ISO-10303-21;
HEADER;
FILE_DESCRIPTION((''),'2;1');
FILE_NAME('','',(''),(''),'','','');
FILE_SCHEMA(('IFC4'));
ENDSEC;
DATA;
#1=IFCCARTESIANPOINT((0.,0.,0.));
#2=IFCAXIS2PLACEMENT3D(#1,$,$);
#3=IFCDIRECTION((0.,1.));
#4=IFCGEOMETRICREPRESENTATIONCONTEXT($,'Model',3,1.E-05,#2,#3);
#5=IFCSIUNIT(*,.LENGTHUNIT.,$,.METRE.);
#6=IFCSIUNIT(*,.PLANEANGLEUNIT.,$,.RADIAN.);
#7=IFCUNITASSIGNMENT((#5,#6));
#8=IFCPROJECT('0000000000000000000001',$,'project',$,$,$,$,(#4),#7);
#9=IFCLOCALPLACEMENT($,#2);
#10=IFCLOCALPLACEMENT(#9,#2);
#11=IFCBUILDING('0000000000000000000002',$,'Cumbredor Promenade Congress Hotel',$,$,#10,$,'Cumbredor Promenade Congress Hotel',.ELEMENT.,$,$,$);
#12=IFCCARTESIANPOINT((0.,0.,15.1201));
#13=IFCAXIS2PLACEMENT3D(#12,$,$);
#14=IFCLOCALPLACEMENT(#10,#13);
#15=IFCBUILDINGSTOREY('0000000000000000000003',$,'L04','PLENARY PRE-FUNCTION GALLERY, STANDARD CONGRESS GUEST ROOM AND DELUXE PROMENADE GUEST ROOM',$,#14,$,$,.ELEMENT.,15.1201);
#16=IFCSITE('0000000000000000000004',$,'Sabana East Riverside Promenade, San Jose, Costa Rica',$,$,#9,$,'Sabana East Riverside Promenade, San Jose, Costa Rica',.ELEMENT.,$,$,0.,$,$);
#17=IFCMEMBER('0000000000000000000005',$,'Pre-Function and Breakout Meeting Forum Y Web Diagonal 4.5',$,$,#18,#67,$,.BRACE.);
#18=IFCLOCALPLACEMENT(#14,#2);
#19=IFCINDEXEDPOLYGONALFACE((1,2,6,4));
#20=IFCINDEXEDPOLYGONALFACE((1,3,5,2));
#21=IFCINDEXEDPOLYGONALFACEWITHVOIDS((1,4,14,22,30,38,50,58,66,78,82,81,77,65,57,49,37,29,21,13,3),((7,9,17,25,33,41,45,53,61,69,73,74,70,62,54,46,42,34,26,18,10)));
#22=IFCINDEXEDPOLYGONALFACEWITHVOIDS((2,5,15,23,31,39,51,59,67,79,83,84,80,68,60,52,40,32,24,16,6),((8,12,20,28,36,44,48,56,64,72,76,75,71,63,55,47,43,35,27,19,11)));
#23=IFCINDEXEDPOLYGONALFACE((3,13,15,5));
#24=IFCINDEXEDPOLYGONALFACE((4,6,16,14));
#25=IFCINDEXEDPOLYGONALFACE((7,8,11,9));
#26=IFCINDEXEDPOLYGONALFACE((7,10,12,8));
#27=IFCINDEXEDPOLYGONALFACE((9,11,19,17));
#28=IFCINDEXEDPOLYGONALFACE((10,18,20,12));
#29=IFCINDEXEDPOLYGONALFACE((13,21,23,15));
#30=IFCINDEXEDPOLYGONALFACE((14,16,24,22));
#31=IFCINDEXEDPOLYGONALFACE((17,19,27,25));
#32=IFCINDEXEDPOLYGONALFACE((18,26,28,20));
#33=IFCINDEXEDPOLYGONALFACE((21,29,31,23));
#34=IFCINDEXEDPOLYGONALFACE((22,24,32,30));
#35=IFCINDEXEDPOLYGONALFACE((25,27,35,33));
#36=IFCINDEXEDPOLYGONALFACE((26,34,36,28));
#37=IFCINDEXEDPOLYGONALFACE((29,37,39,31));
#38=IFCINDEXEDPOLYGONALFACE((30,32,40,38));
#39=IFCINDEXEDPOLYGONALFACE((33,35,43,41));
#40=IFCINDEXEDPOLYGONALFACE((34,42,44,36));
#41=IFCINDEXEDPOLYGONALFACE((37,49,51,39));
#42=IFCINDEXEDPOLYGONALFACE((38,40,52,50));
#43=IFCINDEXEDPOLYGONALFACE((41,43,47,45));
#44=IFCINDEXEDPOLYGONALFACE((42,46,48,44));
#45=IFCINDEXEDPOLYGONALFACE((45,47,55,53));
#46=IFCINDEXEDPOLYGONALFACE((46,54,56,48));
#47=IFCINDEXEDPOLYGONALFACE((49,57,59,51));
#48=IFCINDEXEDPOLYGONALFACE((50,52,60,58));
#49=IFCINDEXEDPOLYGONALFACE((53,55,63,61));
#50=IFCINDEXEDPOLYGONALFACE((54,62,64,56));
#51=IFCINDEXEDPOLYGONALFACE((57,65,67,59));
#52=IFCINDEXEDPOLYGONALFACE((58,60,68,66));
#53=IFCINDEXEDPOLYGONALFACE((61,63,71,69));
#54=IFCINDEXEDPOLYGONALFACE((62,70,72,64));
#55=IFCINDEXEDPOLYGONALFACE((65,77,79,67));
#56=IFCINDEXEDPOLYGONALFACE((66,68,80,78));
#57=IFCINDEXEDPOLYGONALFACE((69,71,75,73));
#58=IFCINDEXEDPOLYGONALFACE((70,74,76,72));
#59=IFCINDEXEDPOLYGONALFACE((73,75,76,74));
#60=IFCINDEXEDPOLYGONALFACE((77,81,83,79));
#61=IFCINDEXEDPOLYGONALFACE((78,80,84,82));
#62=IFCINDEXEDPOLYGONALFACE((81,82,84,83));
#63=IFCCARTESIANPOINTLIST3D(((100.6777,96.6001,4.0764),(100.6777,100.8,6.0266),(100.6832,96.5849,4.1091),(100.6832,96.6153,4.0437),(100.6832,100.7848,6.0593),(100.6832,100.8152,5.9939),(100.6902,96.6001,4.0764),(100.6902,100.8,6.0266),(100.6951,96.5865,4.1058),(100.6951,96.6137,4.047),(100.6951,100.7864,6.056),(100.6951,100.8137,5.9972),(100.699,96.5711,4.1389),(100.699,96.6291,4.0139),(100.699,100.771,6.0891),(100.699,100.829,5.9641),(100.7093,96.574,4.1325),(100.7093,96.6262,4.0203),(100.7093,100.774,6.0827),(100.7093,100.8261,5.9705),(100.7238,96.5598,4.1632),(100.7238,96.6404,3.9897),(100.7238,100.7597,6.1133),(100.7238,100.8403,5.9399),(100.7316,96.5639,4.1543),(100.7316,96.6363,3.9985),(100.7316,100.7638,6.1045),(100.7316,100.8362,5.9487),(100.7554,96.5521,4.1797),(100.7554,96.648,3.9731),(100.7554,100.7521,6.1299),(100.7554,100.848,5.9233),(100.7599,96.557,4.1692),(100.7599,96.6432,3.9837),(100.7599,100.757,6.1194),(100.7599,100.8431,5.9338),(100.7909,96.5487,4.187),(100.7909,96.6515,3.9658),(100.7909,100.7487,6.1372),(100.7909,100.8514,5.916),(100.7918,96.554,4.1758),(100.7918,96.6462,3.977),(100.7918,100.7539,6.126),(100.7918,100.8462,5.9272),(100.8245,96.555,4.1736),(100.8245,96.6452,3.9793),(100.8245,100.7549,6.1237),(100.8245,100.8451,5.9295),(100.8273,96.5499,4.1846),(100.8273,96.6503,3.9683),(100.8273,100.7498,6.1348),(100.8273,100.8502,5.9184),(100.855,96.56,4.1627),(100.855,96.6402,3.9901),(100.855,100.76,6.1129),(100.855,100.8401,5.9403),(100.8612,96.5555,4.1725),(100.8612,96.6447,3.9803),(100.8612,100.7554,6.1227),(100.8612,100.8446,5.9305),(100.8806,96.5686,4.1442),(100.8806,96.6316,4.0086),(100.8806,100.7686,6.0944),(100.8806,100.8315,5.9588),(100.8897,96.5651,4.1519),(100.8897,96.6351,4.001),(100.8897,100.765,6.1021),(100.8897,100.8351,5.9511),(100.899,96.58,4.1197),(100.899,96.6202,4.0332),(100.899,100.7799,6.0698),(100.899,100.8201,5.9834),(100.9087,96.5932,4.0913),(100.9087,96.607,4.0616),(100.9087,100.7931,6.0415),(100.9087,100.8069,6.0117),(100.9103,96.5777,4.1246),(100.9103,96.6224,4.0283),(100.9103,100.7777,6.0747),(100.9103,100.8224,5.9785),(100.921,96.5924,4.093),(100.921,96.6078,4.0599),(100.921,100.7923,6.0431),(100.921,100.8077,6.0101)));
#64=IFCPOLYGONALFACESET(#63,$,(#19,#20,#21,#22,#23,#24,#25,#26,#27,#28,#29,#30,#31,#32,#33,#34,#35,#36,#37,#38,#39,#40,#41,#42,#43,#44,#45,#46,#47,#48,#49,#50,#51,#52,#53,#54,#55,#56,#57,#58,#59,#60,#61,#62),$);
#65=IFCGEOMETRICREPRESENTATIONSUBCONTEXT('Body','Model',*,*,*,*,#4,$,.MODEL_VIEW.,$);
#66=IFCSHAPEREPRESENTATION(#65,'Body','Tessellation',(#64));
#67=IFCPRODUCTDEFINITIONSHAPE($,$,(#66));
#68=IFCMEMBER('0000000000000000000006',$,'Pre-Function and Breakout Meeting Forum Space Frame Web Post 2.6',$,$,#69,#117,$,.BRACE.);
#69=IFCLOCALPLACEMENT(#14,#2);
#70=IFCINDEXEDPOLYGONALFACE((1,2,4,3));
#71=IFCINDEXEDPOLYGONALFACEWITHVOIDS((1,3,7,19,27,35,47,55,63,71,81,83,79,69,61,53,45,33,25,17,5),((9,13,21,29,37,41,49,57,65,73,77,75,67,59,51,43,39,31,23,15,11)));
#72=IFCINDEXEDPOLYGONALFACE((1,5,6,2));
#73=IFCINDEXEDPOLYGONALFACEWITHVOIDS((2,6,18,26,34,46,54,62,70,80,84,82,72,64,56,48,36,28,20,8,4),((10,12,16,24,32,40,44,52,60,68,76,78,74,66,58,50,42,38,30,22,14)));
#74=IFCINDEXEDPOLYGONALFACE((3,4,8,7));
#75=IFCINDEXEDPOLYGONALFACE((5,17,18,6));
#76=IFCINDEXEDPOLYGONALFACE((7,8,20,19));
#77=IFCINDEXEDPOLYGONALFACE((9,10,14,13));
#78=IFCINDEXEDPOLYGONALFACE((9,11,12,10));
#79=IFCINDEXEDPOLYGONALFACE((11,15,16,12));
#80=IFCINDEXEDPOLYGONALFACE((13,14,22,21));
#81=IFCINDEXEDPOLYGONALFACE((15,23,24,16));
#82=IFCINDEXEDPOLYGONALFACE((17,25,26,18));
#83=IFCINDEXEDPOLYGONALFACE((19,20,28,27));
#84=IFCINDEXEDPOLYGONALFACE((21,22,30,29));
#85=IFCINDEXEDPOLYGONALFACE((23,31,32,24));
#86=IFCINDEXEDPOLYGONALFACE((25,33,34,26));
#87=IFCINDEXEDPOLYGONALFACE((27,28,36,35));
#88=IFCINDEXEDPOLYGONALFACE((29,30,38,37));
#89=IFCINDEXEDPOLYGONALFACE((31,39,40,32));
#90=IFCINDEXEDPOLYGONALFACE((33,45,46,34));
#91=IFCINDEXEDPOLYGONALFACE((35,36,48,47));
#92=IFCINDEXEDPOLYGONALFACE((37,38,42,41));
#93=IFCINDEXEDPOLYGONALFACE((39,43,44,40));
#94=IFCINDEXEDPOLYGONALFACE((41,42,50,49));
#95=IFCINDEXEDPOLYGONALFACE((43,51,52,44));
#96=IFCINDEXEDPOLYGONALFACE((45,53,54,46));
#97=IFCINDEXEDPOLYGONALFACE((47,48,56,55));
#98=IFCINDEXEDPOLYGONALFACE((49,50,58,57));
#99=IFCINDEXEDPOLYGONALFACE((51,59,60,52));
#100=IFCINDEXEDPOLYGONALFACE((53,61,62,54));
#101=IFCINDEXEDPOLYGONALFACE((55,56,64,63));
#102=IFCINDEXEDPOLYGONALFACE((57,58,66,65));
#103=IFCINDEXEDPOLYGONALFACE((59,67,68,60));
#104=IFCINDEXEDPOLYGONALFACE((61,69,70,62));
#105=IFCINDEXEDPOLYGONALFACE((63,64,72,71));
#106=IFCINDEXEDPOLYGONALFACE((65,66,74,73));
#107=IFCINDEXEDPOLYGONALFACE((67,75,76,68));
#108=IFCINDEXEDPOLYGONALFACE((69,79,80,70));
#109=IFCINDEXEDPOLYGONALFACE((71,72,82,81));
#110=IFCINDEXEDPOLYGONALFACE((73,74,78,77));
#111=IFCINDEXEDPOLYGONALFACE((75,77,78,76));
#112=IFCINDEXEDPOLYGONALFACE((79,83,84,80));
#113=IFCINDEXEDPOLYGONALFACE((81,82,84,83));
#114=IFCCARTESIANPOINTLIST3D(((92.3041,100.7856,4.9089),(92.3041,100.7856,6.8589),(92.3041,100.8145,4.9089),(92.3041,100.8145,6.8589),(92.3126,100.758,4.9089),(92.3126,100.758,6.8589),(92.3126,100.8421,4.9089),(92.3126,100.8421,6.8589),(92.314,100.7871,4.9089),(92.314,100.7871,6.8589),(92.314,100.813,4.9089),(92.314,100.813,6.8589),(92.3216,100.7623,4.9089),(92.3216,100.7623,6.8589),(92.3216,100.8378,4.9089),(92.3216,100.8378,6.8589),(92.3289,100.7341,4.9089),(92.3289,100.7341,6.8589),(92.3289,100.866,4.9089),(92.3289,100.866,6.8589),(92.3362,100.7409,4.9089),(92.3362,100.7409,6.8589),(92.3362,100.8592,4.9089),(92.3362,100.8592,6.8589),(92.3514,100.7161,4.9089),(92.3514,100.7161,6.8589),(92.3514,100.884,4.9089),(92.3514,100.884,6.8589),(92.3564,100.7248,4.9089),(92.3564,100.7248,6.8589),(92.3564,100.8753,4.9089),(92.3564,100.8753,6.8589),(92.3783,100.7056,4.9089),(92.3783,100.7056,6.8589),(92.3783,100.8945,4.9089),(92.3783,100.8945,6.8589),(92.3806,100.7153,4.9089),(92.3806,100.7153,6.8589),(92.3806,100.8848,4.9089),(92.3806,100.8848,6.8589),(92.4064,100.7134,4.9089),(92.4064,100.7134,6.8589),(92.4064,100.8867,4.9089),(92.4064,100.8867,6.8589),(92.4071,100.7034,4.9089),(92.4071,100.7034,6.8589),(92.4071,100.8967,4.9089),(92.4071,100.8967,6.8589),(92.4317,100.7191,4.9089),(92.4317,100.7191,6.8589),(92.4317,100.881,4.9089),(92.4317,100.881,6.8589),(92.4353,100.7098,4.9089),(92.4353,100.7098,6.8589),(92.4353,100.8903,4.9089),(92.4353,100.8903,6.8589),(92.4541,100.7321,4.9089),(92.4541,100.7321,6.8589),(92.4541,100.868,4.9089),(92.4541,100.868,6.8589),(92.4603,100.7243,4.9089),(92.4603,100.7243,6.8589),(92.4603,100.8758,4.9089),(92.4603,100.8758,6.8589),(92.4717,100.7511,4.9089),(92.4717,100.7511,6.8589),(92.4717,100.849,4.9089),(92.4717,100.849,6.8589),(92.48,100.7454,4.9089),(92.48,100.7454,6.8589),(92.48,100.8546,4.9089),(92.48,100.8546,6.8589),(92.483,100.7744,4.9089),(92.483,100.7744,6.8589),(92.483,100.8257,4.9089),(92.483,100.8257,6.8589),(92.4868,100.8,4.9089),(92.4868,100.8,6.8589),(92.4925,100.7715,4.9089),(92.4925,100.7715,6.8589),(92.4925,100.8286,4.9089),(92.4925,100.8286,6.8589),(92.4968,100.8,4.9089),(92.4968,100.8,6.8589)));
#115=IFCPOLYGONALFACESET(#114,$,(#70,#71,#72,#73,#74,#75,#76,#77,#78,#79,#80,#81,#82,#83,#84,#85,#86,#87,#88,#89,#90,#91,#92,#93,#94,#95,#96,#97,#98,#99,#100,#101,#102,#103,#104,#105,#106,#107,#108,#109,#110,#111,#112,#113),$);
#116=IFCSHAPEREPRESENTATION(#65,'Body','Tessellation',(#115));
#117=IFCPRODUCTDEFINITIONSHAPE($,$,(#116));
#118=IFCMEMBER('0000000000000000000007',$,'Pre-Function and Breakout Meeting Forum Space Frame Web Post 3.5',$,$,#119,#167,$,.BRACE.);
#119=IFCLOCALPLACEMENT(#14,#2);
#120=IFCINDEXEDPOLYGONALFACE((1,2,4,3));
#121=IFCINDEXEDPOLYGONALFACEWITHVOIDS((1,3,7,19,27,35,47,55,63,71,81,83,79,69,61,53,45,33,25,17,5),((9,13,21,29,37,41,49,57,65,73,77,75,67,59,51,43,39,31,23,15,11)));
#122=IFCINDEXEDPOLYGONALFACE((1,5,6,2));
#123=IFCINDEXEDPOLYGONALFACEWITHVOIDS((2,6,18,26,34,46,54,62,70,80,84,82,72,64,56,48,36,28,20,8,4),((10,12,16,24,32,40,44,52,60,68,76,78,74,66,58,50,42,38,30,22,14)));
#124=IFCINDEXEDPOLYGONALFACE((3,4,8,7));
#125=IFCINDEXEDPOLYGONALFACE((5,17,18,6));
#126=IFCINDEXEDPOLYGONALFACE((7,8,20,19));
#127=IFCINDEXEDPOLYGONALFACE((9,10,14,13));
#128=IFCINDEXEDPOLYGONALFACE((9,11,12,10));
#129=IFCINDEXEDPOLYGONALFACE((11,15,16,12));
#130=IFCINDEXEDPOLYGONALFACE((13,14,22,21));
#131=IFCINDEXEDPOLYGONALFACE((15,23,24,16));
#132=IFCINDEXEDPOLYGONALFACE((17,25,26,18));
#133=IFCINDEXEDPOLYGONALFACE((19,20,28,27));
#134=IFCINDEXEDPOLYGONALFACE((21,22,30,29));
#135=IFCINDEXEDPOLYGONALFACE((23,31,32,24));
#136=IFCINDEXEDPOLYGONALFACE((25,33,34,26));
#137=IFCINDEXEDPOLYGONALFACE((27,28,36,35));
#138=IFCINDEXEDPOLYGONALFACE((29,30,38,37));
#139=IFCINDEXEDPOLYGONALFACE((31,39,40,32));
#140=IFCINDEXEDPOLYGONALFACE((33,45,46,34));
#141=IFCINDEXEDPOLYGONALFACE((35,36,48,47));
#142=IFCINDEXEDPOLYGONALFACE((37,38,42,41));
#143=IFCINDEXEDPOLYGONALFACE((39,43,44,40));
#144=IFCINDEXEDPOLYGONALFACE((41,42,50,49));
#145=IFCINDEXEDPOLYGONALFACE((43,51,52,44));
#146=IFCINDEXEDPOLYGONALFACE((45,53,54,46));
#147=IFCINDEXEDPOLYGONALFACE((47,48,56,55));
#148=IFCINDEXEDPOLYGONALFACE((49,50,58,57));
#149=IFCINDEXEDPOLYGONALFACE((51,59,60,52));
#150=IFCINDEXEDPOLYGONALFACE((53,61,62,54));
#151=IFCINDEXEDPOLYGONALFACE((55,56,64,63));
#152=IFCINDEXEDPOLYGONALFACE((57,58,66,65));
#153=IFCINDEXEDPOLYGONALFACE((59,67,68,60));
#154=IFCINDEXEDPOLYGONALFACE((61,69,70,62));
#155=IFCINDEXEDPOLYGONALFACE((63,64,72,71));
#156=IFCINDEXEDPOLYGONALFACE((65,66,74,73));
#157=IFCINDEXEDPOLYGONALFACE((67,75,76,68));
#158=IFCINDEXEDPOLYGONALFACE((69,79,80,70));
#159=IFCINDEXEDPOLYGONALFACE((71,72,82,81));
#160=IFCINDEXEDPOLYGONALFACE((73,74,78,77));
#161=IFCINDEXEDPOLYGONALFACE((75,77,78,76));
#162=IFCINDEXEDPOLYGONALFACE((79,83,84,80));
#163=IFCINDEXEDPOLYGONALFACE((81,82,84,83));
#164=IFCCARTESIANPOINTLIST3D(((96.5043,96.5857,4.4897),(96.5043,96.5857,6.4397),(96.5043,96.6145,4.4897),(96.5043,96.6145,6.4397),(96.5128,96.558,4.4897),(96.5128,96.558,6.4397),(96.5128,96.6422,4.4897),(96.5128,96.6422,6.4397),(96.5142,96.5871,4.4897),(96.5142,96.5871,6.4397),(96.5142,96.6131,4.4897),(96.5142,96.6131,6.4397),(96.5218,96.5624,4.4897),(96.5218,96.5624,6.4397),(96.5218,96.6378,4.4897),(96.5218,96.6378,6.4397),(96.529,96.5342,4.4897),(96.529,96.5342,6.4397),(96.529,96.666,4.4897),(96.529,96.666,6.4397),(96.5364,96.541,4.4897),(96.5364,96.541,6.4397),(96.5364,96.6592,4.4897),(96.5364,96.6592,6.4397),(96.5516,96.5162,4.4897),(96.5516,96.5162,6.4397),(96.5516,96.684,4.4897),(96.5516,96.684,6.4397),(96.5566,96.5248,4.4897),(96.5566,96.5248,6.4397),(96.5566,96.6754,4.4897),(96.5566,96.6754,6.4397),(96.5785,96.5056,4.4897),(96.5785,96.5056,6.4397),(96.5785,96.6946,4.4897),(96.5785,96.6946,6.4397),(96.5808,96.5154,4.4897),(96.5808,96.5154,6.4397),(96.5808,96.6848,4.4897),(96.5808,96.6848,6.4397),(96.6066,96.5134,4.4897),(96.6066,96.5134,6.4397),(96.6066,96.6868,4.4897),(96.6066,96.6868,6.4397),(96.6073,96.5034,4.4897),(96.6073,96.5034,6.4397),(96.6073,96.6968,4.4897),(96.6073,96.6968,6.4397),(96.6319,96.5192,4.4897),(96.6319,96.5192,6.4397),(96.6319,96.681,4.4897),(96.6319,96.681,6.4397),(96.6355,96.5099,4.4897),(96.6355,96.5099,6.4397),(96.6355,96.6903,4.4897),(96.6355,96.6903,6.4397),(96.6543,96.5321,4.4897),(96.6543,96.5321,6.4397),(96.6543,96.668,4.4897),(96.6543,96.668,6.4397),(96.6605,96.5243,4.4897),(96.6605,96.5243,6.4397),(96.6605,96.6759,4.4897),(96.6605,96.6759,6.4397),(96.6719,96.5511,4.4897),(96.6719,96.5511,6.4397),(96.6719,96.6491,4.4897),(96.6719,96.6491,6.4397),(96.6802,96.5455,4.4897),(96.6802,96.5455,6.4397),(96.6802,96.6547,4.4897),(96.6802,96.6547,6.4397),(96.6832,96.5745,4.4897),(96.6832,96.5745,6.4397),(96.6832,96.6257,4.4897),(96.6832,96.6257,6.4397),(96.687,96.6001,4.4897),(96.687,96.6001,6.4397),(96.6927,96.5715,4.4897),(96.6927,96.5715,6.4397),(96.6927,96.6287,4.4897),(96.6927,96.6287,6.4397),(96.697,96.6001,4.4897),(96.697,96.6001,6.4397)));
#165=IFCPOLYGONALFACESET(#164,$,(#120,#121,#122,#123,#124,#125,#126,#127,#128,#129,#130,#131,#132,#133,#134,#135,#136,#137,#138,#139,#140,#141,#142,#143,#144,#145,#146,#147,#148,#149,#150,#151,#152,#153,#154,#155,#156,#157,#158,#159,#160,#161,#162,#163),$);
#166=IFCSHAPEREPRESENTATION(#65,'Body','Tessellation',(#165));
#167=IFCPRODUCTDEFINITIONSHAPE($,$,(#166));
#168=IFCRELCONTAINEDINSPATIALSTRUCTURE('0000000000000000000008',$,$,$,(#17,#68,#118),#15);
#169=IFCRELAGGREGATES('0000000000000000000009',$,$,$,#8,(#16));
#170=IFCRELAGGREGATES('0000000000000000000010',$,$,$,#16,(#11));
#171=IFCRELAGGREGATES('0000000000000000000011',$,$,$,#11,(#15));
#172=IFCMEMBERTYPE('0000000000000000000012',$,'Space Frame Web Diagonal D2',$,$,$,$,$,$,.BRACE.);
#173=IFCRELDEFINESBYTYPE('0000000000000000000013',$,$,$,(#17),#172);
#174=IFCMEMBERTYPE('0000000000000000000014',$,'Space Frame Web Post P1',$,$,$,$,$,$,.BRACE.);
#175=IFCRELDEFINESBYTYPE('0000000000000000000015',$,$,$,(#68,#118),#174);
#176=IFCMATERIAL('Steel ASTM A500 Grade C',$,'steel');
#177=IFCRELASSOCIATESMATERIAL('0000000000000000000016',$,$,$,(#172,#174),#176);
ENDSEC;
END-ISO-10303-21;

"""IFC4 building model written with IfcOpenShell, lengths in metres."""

from ifc_helpers import new_model, si_unit, direction, frame, origin, origin_2d, place, context, subcontext, project, spatial, hollow_circle, extrude, material, material_profile, profile_set, type_object, element, save


model = new_model("IFC4")

# Units and contexts
model_context = context("Model", 3, precision=1e-05, world=origin(), true_north=direction((0.0, 1.0)))
body_context = subcontext(model_context, "Body", "Model", "MODEL_VIEW")
ifc_project = project(units=[si_unit("LENGTHUNIT", "METRE"), si_unit("PLANEANGLEUNIT", "RADIAN")], contexts=[model_context])

# Site, building, storey
site_placement = place(None, origin())
site = spatial("IfcSite", under=ifc_project, at=site_placement, Name="Sabana East Riverside Promenade, San Jose, Costa Rica", LongName="Sabana East Riverside Promenade, San Jose, Costa Rica", CompositionType="ELEMENT", RefElevation=0.0)
building_placement = place(site_placement, origin())
building = spatial("IfcBuilding", under=site, at=building_placement, Name="Cumbredor Promenade Congress Hotel", LongName="Cumbredor Promenade Congress Hotel", CompositionType="ELEMENT")
storey_placement = place(building_placement, frame((0.0, 0.0, 15.1201)))
storey = spatial("IfcBuildingStorey", under=building, at=storey_placement, Name="L04", Description="PLENARY PRE-FUNCTION GALLERY, STANDARD CONGRESS GUEST ROOM AND DELUXE PROMENADE GUEST ROOM", CompositionType="ELEMENT", Elevation=15.1201)

# Members
ifc_material_1 = material(Name="Steel ASTM A500 Grade C", Category="steel")
ifc_material_profile_1 = material_profile(ifc_material_1, hollow_circle(Radius=0.1223, WallThickness=0.0125, at=origin_2d()), Name="CHS 244.5x12.5")
ifc_profile_set_1 = profile_set([ifc_material_profile_1], Name="Steel ASTM A500 Grade C")
member_type_1 = type_object("IfcMemberType", Name="Space Frame Web Diagonal D2", PredefinedType="BRACE", material=ifc_profile_set_1)
member_1_placement = place(storey_placement, frame((100.8, 96.6001, 4.0764), z_axis=(0.0, 0.906991, 0.42115), x_axis=(-1.0, 0.0, 0.0)))
element("IfcMember", 1, at=member_1_placement, inside=storey, type_object=member_type_1, Name="Pre-Function and Breakout Meeting Forum Y Web Diagonal 4.5", PredefinedType="BRACE", context=body_context, shape_type="SweptSolid", body=[
    extrude(hollow_circle(Radius=0.1223, WallThickness=0.0125, at=origin_2d()), origin(), (0.0, 0.0, 1.0), 4.6306),
])
ifc_material_profile_2 = material_profile(ifc_material_1, hollow_circle(Radius=0.0969, WallThickness=0.01, at=origin_2d()), Name="CHS 193.7x10")
ifc_profile_set_2 = profile_set([ifc_material_profile_2], Name="Steel ASTM A500 Grade C")
member_type_2 = type_object("IfcMemberType", Name="Space Frame Web Post P1", PredefinedType="BRACE", material=ifc_profile_set_2)
for number, where, z_axis, x_axis, name in (
    (2, (92.3999, 100.8, 4.9089), (0.0, 0.0, 1.0), (1.0, 0.0, 0.0), "Pre-Function and Breakout Meeting Forum Space Frame Web Post 2.6"),
    (3, (96.6001, 96.6001, 4.4897), (0.0, 0.0, 1.0), (1.0, 0.0, 0.0), "Pre-Function and Breakout Meeting Forum Space Frame Web Post 3.5"),
):
    element("IfcMember", number, at=place(storey_placement, frame(where, z_axis=z_axis, x_axis=x_axis)), inside=storey, type_object=member_type_2, Name=name, PredefinedType="BRACE", context=body_context, shape_type="SweptSolid", body=[
        extrude(hollow_circle(Radius=0.0969, WallThickness=0.01, at=origin_2d()), origin(), (0.0, 0.0, 1.0), 1.95),
    ])

save(model, "model.ifc")
